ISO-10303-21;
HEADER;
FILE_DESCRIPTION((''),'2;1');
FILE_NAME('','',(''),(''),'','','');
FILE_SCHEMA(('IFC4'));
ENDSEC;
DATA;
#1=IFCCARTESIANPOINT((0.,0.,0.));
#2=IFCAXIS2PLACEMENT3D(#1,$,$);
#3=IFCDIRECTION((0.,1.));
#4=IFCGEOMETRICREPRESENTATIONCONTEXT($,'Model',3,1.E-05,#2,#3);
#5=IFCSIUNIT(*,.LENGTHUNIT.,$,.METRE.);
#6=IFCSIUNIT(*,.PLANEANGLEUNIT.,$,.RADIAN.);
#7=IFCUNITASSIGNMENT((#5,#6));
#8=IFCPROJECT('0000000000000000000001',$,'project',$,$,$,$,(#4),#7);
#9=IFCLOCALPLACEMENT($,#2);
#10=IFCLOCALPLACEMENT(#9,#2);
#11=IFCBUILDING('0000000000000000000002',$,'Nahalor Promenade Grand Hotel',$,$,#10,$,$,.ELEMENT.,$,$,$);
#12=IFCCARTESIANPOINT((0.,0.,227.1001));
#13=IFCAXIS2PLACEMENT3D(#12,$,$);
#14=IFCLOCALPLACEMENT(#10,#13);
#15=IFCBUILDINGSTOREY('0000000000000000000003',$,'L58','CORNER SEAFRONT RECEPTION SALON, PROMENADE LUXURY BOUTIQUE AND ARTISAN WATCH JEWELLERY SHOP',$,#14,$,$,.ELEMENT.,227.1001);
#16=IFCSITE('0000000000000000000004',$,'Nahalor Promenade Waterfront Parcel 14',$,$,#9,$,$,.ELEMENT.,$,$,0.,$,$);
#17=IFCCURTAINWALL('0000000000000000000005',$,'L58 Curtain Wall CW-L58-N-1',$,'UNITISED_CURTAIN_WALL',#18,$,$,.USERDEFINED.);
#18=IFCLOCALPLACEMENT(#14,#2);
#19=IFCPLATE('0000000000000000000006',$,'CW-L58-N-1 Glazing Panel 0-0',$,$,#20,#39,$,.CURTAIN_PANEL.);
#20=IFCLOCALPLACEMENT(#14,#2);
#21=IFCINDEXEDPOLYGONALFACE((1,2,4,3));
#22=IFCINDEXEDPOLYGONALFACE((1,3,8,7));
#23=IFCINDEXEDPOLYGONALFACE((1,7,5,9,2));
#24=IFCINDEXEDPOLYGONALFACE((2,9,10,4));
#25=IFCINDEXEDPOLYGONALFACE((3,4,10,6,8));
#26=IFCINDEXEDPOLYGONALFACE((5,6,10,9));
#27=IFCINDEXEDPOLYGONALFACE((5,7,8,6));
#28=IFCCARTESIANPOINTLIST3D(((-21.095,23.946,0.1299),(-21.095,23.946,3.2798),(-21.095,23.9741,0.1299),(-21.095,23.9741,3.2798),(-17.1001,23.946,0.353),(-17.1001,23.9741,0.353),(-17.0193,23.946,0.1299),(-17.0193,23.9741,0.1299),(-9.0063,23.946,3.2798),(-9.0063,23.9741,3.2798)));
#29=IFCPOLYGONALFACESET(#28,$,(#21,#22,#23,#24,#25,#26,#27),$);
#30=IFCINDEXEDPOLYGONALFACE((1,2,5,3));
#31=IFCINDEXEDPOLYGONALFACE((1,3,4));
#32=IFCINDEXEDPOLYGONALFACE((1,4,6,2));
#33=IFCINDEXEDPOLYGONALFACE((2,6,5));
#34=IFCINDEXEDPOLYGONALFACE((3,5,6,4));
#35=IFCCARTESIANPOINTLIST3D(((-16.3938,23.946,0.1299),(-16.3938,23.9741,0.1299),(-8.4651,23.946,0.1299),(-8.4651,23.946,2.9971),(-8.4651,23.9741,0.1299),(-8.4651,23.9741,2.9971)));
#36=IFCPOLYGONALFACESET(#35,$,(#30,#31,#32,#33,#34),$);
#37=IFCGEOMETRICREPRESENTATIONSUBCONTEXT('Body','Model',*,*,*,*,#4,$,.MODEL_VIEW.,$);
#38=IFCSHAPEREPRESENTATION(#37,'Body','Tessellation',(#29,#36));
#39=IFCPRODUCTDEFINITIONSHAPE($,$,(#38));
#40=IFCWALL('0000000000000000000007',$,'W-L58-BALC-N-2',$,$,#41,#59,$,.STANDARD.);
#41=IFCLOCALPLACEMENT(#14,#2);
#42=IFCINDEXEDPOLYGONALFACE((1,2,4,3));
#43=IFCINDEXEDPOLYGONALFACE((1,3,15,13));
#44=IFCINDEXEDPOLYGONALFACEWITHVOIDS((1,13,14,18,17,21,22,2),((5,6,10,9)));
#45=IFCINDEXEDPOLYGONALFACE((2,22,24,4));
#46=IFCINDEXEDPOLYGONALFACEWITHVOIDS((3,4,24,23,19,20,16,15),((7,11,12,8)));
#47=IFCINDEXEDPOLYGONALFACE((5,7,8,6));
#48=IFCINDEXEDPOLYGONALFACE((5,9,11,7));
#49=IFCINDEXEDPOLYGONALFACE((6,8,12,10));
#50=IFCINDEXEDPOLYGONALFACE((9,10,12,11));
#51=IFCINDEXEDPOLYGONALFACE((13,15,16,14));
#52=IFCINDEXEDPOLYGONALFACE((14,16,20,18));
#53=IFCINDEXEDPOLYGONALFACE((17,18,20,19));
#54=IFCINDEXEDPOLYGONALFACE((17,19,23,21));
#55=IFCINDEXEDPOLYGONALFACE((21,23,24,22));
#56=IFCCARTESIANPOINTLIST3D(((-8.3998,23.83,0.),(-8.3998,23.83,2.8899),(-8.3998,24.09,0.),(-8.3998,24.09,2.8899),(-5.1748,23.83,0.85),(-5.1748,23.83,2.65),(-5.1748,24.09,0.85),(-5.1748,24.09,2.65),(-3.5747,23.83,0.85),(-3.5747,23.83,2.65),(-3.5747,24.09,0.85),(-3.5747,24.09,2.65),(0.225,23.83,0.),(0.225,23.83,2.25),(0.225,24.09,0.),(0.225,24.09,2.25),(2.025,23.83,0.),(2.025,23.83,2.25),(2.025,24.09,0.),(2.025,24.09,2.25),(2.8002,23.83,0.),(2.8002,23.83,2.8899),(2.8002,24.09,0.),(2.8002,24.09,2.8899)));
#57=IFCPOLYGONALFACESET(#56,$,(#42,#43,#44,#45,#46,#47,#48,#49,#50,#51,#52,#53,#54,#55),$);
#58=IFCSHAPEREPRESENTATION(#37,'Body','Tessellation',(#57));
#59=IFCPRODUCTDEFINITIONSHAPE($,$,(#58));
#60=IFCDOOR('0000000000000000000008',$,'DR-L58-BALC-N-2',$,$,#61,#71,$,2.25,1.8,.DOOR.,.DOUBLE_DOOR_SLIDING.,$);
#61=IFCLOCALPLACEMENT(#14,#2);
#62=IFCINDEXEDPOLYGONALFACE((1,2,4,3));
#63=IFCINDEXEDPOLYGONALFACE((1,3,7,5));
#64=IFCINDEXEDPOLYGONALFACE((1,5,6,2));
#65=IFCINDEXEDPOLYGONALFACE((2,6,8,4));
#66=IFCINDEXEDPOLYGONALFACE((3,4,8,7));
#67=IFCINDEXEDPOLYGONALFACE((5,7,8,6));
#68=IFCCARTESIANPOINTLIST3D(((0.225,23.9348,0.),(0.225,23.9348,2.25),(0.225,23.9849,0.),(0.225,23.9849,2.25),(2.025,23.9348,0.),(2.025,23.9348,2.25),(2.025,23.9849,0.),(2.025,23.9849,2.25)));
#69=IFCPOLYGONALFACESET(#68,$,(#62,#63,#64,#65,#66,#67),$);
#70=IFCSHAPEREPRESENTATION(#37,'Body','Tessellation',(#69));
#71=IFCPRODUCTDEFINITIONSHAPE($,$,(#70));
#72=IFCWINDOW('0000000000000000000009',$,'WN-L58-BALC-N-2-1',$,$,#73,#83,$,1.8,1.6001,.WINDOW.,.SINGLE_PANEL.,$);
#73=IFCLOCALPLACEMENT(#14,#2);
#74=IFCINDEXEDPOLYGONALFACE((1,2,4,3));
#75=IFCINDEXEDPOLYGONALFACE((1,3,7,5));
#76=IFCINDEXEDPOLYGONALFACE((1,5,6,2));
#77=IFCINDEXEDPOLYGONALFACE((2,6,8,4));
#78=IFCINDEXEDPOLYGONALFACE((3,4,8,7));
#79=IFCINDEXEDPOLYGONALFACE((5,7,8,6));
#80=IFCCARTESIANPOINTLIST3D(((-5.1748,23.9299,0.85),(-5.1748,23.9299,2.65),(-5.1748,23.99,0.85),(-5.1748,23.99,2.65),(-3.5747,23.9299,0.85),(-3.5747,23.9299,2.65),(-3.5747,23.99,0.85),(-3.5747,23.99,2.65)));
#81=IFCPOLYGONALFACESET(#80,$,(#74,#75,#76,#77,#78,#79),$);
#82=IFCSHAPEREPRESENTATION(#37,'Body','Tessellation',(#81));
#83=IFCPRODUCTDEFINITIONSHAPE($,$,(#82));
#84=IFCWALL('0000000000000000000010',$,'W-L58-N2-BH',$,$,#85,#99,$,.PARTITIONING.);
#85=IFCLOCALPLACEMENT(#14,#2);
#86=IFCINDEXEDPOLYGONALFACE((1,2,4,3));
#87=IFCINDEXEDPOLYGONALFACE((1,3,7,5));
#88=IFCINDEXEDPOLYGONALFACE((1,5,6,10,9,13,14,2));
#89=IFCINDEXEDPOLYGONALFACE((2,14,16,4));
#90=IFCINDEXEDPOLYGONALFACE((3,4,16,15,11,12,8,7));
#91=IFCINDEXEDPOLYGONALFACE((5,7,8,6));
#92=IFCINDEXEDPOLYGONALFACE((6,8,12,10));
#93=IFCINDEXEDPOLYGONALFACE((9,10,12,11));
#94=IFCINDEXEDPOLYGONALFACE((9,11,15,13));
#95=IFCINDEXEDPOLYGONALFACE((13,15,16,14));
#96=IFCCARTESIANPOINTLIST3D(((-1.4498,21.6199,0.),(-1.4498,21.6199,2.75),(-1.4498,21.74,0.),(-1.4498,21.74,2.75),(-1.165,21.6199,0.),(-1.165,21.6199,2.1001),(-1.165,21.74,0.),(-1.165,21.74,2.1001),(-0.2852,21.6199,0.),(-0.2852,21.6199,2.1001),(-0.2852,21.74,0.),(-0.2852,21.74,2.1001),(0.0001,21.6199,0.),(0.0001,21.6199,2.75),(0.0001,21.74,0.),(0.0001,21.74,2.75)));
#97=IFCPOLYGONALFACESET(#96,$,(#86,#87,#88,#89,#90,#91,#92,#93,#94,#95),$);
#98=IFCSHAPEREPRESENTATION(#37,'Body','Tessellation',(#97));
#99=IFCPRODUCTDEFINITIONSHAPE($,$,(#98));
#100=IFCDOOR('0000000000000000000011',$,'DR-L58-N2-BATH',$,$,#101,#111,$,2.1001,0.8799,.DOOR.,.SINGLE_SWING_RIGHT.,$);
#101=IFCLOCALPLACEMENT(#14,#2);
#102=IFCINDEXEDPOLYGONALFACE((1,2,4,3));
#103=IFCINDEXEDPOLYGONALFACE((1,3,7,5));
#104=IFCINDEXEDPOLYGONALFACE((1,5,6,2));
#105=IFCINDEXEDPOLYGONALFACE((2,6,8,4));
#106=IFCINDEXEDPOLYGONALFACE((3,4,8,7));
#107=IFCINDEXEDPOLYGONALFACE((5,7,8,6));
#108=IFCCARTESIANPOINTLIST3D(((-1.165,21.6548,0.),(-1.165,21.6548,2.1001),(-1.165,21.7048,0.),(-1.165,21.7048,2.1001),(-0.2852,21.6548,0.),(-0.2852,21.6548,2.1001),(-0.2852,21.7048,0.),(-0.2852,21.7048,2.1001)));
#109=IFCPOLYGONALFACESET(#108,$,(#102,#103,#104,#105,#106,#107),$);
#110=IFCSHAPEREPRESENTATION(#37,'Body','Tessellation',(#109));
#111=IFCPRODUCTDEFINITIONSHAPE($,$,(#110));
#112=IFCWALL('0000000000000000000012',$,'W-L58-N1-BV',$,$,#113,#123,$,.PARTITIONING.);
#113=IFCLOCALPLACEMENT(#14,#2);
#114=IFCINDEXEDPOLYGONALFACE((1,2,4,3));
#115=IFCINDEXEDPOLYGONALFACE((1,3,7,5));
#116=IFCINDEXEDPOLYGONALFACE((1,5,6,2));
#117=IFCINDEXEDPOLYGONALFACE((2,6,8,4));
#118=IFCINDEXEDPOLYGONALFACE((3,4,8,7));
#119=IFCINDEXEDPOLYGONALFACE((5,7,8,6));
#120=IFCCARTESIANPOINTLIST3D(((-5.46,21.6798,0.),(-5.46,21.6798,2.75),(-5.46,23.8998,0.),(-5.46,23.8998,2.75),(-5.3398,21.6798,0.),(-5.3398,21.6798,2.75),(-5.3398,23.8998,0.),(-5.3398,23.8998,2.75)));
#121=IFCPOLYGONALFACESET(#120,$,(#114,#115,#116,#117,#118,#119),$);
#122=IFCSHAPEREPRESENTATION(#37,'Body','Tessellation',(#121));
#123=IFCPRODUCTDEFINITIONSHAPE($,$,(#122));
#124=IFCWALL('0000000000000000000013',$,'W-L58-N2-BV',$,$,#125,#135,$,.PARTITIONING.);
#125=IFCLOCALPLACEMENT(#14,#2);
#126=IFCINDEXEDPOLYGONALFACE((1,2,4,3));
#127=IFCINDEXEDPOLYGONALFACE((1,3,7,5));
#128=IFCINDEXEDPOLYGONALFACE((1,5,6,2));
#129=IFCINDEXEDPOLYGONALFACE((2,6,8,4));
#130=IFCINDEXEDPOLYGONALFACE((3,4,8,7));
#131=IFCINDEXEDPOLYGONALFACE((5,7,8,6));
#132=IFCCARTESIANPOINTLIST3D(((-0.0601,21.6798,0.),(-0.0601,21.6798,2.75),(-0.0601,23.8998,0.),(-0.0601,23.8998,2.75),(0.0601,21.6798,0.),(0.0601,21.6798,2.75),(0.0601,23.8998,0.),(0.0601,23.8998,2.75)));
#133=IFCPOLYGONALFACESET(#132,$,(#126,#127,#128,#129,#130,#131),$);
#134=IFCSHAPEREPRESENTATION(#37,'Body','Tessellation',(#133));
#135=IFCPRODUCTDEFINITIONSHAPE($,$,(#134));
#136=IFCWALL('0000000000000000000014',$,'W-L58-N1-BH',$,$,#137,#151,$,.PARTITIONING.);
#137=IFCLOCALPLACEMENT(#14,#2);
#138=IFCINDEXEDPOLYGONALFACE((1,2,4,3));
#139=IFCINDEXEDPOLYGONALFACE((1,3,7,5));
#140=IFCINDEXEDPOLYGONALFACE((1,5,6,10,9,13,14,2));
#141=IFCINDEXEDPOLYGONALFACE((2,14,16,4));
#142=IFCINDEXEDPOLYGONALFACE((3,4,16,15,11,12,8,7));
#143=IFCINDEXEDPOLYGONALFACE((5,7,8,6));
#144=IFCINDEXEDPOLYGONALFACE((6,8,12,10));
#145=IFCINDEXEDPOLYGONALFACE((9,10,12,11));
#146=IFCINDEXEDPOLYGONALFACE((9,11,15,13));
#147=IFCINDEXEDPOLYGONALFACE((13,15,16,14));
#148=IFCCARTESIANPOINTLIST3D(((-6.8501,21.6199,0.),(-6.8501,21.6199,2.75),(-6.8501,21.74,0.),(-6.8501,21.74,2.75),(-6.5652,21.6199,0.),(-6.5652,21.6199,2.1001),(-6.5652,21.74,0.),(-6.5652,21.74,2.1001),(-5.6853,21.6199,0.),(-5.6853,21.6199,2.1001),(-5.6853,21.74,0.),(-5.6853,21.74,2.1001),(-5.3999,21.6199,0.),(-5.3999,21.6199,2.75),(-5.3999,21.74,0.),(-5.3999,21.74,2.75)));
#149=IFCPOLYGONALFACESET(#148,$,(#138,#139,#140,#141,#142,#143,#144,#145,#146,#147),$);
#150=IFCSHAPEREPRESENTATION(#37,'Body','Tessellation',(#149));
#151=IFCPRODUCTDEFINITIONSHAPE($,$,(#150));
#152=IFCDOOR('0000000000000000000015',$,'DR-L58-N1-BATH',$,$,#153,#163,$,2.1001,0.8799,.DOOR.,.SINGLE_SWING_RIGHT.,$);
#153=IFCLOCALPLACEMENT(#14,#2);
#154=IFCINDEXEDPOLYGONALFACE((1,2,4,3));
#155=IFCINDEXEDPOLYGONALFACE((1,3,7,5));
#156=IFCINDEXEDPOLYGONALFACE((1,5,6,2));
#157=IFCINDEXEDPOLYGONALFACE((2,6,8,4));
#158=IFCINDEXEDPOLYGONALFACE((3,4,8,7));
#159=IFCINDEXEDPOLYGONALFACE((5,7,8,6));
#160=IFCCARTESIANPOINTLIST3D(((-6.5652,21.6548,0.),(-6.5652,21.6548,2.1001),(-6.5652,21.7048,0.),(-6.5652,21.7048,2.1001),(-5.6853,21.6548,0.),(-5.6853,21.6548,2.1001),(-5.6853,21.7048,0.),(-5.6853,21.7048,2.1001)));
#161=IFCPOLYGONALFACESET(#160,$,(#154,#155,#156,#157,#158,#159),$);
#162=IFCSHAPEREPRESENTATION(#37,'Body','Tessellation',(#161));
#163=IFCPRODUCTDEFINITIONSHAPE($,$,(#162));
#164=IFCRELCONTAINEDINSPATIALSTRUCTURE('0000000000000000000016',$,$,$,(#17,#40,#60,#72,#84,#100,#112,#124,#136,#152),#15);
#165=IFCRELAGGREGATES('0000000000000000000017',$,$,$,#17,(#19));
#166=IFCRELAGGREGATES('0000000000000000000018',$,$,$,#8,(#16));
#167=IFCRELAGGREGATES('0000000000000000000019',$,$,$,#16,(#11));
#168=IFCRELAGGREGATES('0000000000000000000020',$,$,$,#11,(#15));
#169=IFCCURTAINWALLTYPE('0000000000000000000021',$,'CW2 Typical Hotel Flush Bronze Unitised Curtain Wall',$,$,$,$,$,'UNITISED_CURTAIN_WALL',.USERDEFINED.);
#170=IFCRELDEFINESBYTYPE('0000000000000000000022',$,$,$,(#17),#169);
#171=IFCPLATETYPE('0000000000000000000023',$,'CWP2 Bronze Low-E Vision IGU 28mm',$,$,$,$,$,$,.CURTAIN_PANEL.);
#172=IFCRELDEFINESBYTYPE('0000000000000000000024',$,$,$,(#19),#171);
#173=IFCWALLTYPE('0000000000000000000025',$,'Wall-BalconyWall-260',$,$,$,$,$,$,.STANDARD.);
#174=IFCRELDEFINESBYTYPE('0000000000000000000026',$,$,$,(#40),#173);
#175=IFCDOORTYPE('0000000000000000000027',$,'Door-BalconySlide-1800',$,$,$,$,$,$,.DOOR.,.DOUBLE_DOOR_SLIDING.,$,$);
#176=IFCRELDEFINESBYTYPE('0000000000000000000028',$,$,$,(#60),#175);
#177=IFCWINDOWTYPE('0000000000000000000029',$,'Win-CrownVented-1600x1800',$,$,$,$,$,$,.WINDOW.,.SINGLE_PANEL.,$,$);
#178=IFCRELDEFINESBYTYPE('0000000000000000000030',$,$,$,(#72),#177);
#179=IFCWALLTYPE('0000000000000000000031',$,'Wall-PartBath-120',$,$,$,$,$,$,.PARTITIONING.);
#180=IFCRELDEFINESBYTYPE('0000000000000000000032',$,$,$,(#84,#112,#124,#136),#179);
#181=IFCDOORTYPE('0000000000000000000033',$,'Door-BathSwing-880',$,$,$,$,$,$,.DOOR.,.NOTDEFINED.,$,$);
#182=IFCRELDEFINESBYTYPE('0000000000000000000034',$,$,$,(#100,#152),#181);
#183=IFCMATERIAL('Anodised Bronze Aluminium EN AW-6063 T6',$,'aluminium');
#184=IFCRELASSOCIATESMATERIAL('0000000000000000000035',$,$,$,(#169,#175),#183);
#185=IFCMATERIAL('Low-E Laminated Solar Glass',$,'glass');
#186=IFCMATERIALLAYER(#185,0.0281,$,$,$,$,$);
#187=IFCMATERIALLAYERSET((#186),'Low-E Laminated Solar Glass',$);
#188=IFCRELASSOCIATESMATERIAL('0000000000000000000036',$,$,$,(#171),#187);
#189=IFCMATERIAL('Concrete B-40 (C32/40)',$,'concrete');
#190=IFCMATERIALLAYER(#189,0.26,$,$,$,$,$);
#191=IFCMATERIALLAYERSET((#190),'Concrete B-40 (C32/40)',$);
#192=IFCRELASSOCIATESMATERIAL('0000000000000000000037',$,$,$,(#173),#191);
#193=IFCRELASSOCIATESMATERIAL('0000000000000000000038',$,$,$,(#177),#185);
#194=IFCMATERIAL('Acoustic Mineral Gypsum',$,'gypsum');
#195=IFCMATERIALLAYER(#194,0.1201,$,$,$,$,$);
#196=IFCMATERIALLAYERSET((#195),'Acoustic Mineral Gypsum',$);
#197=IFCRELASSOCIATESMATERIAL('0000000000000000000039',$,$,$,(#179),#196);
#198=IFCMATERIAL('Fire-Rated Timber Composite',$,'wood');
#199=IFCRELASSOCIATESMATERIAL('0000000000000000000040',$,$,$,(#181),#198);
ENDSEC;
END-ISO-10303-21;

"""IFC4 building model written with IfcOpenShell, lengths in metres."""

from ifc_helpers import new_model, si_unit, direction, frame, frame_2d, origin, place, context, subcontext, project, spatial, polyline, rectangle, outline, extrude, source, transform, mapped, material, layer, layer_set, type_object, element, fill, aggregate, save


model = new_model("IFC4")

# Units and contexts
model_context = context("Model", 3, precision=1e-05, world=origin(), true_north=direction((0.0, 1.0)))
body_context = subcontext(model_context, "Body", "Model", "MODEL_VIEW")
ifc_project = project(units=[si_unit("LENGTHUNIT", "METRE"), si_unit("PLANEANGLEUNIT", "RADIAN")], contexts=[model_context])

# Site, building, storey
site_placement = place(None, origin())
site = spatial("IfcSite", under=ifc_project, at=site_placement, Name="Nahalor Promenade Waterfront Parcel 14", CompositionType="ELEMENT", RefElevation=0.0)
building_placement = place(site_placement, origin())
building = spatial("IfcBuilding", under=site, at=building_placement, Name="Nahalor Promenade Grand Hotel", CompositionType="ELEMENT")
storey_placement = place(building_placement, frame((0.0, 0.0, 227.1001)))
storey = spatial("IfcBuildingStorey", under=building, at=storey_placement, Name="L58", Description="CORNER SEAFRONT RECEPTION SALON, PROMENADE LUXURY BOUTIQUE AND ARTISAN WATCH JEWELLERY SHOP", CompositionType="ELEMENT", Elevation=227.1001)

# Curtain wall, plate
ifc_material_1 = material(Name="Anodised Bronze Aluminium EN AW-6063 T6", Category="aluminium")
curtain_wall_type = type_object("IfcCurtainWallType", Name="CW2 Typical Hotel Flush Bronze Unitised Curtain Wall", ElementType="UNITISED_CURTAIN_WALL", PredefinedType="USERDEFINED", material=ifc_material_1)
curtain_wall_placement = place(storey_placement, origin())
curtain_wall = element("IfcCurtainWall", 1, at=curtain_wall_placement, inside=storey, type_object=curtain_wall_type, Name="L58 Curtain Wall CW-L58-N-1", ObjectType="UNITISED_CURTAIN_WALL", PredefinedType="USERDEFINED")
ifc_material_2 = material(Name="Low-E Laminated Solar Glass", Category="glass")
ifc_layer_1 = layer(ifc_material_2, 0.0281)
ifc_layer_set_1 = layer_set([ifc_layer_1], Name="Low-E Laminated Solar Glass")
plate_type = type_object("IfcPlateType", Name="CWP2 Bronze Low-E Vision IGU 28mm", PredefinedType="CURTAIN_PANEL", material=ifc_layer_set_1)
plate_placement = place(storey_placement, frame((-14.78, 23.96, 0.1299), z_axis=(0.0, 0.0, 1.0), x_axis=(1.0, 0.0, 0.0)))
plate = element("IfcPlate", 2, at=plate_placement, type_object=plate_type, Name="CW-L58-N-1 Glazing Panel 0-0", PredefinedType="CURTAIN_PANEL", context=body_context, shape_type="SweptSolid", body=[
    extrude(outline(polyline([(-6.3149, 3.1499), (-6.3149, 0.0), (-2.2393, 0.0), (-2.3201, 0.2231), (5.7737, 3.1499), (-6.3149, 3.1499)])), frame((0.0, 0.0142, 0.0), z_axis=(0.0, -1.0, 0.0), x_axis=(1.0, 0.0, 0.0)), (0.0, 0.0, 1.0), 0.0281),
    extrude(outline(polyline([(-1.6138, 0.0), (6.3149, 0.0), (6.3149, 2.8672), (-1.6138, 0.0)])), frame((0.0, 0.0142, 0.0), z_axis=(0.0, -1.0, 0.0), x_axis=(1.0, 0.0, 0.0)), (0.0, 0.0, 1.0), 0.0281),
])
aggregate(curtain_wall, [plate])

# Wall, openings, door, window
ifc_material_3 = material(Name="Concrete B-40 (C32/40)", Category="concrete")
ifc_layer_2 = layer(ifc_material_3, 0.26)
ifc_layer_set_2 = layer_set([ifc_layer_2], Name="Concrete B-40 (C32/40)")
wall_type_1 = type_object("IfcWallType", Name="Wall-BalconyWall-260", PredefinedType="STANDARD", material=ifc_layer_set_2)
shared_shape_1 = source(origin(), body_context, "Body", "SweptSolid", [
    extrude(rectangle(XDim=11.2, YDim=0.26, at=frame_2d((5.6001, 0.0))), origin(), (0.0, 0.0, 1.0), 2.8899),
])
wall_1_placement = place(storey_placement, frame((-8.3999, 23.96, 0.0), z_axis=(0.0, 0.0, 1.0), x_axis=(1.0, 0.0, 0.0)))
wall_1 = element("IfcWall", 3, at=wall_1_placement, inside=storey, type_object=wall_type_1, Name="W-L58-BALC-N-2", PredefinedType="STANDARD", context=body_context, shape_type="MappedRepresentation", body=[
    mapped(shared_shape_1, transform((0.0, 0.0, 0.0), scale=1.0)),
])
opening_1_placement = place(wall_1_placement, frame((8.625, 0.0, 0.0)))
opening_1 = element("IfcOpeningElement", 4, at=opening_1_placement, cuts=wall_1, PredefinedType="OPENING", context=body_context, shape_type="SweptSolid", body=[
    extrude(rectangle(XDim=1.8, YDim=2.25, at=frame_2d((0.8999, 1.125))), frame((0.0, 0.1399, 0.0), z_axis=(0.0, -1.0, 0.0), x_axis=(1.0, 0.0, 0.0)), (0.0, 0.0, 1.0), 0.28),
])
opening_2_placement = place(wall_1_placement, frame((3.2251, 0.0, 0.8501)))
opening_2 = element("IfcOpeningElement", 5, at=opening_2_placement, cuts=wall_1, PredefinedType="OPENING", context=body_context, shape_type="SweptSolid", body=[
    extrude(rectangle(XDim=1.6001, YDim=1.8, at=frame_2d((0.8, 0.8999))), frame((0.0, 0.1399, 0.0), z_axis=(0.0, -1.0, 0.0), x_axis=(1.0, 0.0, 0.0)), (0.0, 0.0, 1.0), 0.28),
])
door_type_1 = type_object("IfcDoorType", Name="Door-BalconySlide-1800", OperationType="DOUBLE_DOOR_SLIDING", PredefinedType="DOOR", material=ifc_material_1)
shared_shape_2 = source(origin(), body_context, "Body", "SweptSolid", [
    extrude(rectangle(XDim=1.8, YDim=2.25, at=frame_2d((0.8999, 1.125))), frame((0.0, 0.0249, 0.0), z_axis=(0.0, -1.0, 0.0), x_axis=(1.0, 0.0, 0.0)), (0.0, 0.0, 1.0), 0.05),
])
door_1_placement = place(opening_1_placement, origin())
door_1 = element("IfcDoor", 6, at=door_1_placement, inside=storey, type_object=door_type_1, Name="DR-L58-BALC-N-2", OperationType="DOUBLE_DOOR_SLIDING", OverallHeight=2.25, OverallWidth=1.8, PredefinedType="DOOR", context=body_context, shape_type="MappedRepresentation", body=[
    mapped(shared_shape_2, transform((0.0, 0.0, 0.0), scale=1.0)),
])
fill(opening_1, door_1)
window_type = type_object("IfcWindowType", Name="Win-CrownVented-1600x1800", PartitioningType="SINGLE_PANEL", PredefinedType="WINDOW", material=ifc_material_2)
shared_shape_3 = source(origin(), body_context, "Body", "SweptSolid", [
    extrude(rectangle(XDim=1.6001, YDim=1.8, at=frame_2d((0.8, 0.8999))), frame((0.0, 0.03, 0.0), z_axis=(0.0, -1.0, 0.0), x_axis=(1.0, 0.0, 0.0)), (0.0, 0.0, 1.0), 0.0601),
])
window_placement = place(opening_2_placement, origin())
window = element("IfcWindow", 7, at=window_placement, inside=storey, type_object=window_type, Name="WN-L58-BALC-N-2-1", OverallHeight=1.8, OverallWidth=1.6001, PartitioningType="SINGLE_PANEL", PredefinedType="WINDOW", context=body_context, shape_type="MappedRepresentation", body=[
    mapped(shared_shape_3, transform((0.0, 0.0, 0.0), scale=1.0)),
])
fill(opening_2, window)

# Wall, opening, door
ifc_material_4 = material(Name="Acoustic Mineral Gypsum", Category="gypsum")
ifc_layer_3 = layer(ifc_material_4, 0.1201)
ifc_layer_set_3 = layer_set([ifc_layer_3], Name="Acoustic Mineral Gypsum")
wall_type_2 = type_object("IfcWallType", Name="Wall-PartBath-120", PredefinedType="PARTITIONING", material=ifc_layer_set_3)
shared_shape_4 = source(origin(), body_context, "Body", "SweptSolid", [
    extrude(rectangle(XDim=1.45, YDim=0.1201, at=frame_2d((0.7251, 0.0))), origin(), (0.0, 0.0, 1.0), 2.75),
])
wall_2_placement = place(storey_placement, frame((-1.45, 21.6799, 0.0), z_axis=(0.0, 0.0, 1.0), x_axis=(1.0, 0.0, 0.0)))
wall_2 = element("IfcWall", 8, at=wall_2_placement, inside=storey, type_object=wall_type_2, Name="W-L58-N2-BH", PredefinedType="PARTITIONING", context=body_context, shape_type="MappedRepresentation", body=[
    mapped(shared_shape_4, transform((0.0, 0.0, 0.0), scale=1.0)),
])
opening_3_placement = place(wall_2_placement, frame((0.2849, 0.0, 0.0)))
opening_3 = element("IfcOpeningElement", 9, at=opening_3_placement, cuts=wall_2, PredefinedType="OPENING", context=body_context, shape_type="SweptSolid", body=[
    extrude(rectangle(XDim=0.8799, YDim=2.1001, at=frame_2d((0.4399, 1.05))), frame((0.0, 0.0701, 0.0), z_axis=(0.0, -1.0, 0.0), x_axis=(1.0, 0.0, 0.0)), (0.0, 0.0, 1.0), 0.1401),
])
ifc_material_5 = material(Name="Fire-Rated Timber Composite", Category="wood")
door_type_2 = type_object("IfcDoorType", Name="Door-BathSwing-880", OperationType="NOTDEFINED", PredefinedType="DOOR", material=ifc_material_5)
shared_shape_5 = source(origin(), body_context, "Body", "SweptSolid", [
    extrude(rectangle(XDim=0.8799, YDim=2.1001, at=frame_2d((0.4399, 1.05))), frame((0.0, 0.0249, 0.0), z_axis=(0.0, -1.0, 0.0), x_axis=(1.0, 0.0, 0.0)), (0.0, 0.0, 1.0), 0.05),
])
door_2_placement = place(opening_3_placement, origin())
door_2 = element("IfcDoor", 10, at=door_2_placement, inside=storey, type_object=door_type_2, Name="DR-L58-N2-BATH", OperationType="SINGLE_SWING_RIGHT", OverallHeight=2.1001, OverallWidth=0.8799, PredefinedType="DOOR", context=body_context, shape_type="MappedRepresentation", body=[
    mapped(shared_shape_5, transform((0.0, 0.0, 0.0), scale=1.0)),
])
fill(opening_3, door_2)

# Walls
shared_shape_6 = source(origin(), body_context, "Body", "SweptSolid", [
    extrude(rectangle(XDim=2.22, YDim=0.1201, at=frame_2d((1.1099, 0.0))), origin(), (0.0, 0.0, 1.0), 2.75),
])
for number, where, z_axis, x_axis, name in (
    (11, (-5.3999, 21.6799, 0.0), (0.0, 0.0, 1.0), (0.0, 1.0, 0.0), "W-L58-N1-BV"),
    (12, (0.0, 21.6799, 0.0), (0.0, 0.0, 1.0), (0.0, 1.0, 0.0), "W-L58-N2-BV"),
):
    element("IfcWall", number, at=place(storey_placement, frame(where, z_axis=z_axis, x_axis=x_axis)), inside=storey, type_object=wall_type_2, Name=name, PredefinedType="PARTITIONING", context=body_context, shape_type="MappedRepresentation", body=[
        mapped(shared_shape_6, transform((0.0, 0.0, 0.0), scale=1.0)),
    ])

# Wall, opening, door
shared_shape_7 = source(origin(), body_context, "Body", "SweptSolid", [
    extrude(rectangle(XDim=1.4502, YDim=0.1201, at=frame_2d((0.7251, 0.0))), origin(), (0.0, 0.0, 1.0), 2.75),
])
wall_3_placement = place(storey_placement, frame((-6.8501, 21.6799, 0.0), z_axis=(0.0, 0.0, 1.0), x_axis=(1.0, 0.0, 0.0)))
wall_3 = element("IfcWall", 13, at=wall_3_placement, inside=storey, type_object=wall_type_2, Name="W-L58-N1-BH", PredefinedType="PARTITIONING", context=body_context, shape_type="MappedRepresentation", body=[
    mapped(shared_shape_7, transform((0.0, 0.0, 0.0), scale=1.0)),
])
opening_4_placement = place(wall_3_placement, frame((0.2849, 0.0, 0.0)))
opening_4 = element("IfcOpeningElement", 14, at=opening_4_placement, cuts=wall_3, PredefinedType="OPENING", context=body_context, shape_type="SweptSolid", body=[
    extrude(rectangle(XDim=0.8799, YDim=2.1001, at=frame_2d((0.4399, 1.05))), frame((0.0, 0.0701, 0.0), z_axis=(0.0, -1.0, 0.0), x_axis=(1.0, 0.0, 0.0)), (0.0, 0.0, 1.0), 0.1401),
])
door_3_placement = place(opening_4_placement, origin())
door_3 = element("IfcDoor", 15, at=door_3_placement, inside=storey, type_object=door_type_2, Name="DR-L58-N1-BATH", OperationType="SINGLE_SWING_RIGHT", OverallHeight=2.1001, OverallWidth=0.8799, PredefinedType="DOOR", context=body_context, shape_type="MappedRepresentation", body=[
    mapped(shared_shape_5, transform((0.0, 0.0, 0.0), scale=1.0)),
])
fill(opening_4, door_3)

save(model, "model.ifc")
